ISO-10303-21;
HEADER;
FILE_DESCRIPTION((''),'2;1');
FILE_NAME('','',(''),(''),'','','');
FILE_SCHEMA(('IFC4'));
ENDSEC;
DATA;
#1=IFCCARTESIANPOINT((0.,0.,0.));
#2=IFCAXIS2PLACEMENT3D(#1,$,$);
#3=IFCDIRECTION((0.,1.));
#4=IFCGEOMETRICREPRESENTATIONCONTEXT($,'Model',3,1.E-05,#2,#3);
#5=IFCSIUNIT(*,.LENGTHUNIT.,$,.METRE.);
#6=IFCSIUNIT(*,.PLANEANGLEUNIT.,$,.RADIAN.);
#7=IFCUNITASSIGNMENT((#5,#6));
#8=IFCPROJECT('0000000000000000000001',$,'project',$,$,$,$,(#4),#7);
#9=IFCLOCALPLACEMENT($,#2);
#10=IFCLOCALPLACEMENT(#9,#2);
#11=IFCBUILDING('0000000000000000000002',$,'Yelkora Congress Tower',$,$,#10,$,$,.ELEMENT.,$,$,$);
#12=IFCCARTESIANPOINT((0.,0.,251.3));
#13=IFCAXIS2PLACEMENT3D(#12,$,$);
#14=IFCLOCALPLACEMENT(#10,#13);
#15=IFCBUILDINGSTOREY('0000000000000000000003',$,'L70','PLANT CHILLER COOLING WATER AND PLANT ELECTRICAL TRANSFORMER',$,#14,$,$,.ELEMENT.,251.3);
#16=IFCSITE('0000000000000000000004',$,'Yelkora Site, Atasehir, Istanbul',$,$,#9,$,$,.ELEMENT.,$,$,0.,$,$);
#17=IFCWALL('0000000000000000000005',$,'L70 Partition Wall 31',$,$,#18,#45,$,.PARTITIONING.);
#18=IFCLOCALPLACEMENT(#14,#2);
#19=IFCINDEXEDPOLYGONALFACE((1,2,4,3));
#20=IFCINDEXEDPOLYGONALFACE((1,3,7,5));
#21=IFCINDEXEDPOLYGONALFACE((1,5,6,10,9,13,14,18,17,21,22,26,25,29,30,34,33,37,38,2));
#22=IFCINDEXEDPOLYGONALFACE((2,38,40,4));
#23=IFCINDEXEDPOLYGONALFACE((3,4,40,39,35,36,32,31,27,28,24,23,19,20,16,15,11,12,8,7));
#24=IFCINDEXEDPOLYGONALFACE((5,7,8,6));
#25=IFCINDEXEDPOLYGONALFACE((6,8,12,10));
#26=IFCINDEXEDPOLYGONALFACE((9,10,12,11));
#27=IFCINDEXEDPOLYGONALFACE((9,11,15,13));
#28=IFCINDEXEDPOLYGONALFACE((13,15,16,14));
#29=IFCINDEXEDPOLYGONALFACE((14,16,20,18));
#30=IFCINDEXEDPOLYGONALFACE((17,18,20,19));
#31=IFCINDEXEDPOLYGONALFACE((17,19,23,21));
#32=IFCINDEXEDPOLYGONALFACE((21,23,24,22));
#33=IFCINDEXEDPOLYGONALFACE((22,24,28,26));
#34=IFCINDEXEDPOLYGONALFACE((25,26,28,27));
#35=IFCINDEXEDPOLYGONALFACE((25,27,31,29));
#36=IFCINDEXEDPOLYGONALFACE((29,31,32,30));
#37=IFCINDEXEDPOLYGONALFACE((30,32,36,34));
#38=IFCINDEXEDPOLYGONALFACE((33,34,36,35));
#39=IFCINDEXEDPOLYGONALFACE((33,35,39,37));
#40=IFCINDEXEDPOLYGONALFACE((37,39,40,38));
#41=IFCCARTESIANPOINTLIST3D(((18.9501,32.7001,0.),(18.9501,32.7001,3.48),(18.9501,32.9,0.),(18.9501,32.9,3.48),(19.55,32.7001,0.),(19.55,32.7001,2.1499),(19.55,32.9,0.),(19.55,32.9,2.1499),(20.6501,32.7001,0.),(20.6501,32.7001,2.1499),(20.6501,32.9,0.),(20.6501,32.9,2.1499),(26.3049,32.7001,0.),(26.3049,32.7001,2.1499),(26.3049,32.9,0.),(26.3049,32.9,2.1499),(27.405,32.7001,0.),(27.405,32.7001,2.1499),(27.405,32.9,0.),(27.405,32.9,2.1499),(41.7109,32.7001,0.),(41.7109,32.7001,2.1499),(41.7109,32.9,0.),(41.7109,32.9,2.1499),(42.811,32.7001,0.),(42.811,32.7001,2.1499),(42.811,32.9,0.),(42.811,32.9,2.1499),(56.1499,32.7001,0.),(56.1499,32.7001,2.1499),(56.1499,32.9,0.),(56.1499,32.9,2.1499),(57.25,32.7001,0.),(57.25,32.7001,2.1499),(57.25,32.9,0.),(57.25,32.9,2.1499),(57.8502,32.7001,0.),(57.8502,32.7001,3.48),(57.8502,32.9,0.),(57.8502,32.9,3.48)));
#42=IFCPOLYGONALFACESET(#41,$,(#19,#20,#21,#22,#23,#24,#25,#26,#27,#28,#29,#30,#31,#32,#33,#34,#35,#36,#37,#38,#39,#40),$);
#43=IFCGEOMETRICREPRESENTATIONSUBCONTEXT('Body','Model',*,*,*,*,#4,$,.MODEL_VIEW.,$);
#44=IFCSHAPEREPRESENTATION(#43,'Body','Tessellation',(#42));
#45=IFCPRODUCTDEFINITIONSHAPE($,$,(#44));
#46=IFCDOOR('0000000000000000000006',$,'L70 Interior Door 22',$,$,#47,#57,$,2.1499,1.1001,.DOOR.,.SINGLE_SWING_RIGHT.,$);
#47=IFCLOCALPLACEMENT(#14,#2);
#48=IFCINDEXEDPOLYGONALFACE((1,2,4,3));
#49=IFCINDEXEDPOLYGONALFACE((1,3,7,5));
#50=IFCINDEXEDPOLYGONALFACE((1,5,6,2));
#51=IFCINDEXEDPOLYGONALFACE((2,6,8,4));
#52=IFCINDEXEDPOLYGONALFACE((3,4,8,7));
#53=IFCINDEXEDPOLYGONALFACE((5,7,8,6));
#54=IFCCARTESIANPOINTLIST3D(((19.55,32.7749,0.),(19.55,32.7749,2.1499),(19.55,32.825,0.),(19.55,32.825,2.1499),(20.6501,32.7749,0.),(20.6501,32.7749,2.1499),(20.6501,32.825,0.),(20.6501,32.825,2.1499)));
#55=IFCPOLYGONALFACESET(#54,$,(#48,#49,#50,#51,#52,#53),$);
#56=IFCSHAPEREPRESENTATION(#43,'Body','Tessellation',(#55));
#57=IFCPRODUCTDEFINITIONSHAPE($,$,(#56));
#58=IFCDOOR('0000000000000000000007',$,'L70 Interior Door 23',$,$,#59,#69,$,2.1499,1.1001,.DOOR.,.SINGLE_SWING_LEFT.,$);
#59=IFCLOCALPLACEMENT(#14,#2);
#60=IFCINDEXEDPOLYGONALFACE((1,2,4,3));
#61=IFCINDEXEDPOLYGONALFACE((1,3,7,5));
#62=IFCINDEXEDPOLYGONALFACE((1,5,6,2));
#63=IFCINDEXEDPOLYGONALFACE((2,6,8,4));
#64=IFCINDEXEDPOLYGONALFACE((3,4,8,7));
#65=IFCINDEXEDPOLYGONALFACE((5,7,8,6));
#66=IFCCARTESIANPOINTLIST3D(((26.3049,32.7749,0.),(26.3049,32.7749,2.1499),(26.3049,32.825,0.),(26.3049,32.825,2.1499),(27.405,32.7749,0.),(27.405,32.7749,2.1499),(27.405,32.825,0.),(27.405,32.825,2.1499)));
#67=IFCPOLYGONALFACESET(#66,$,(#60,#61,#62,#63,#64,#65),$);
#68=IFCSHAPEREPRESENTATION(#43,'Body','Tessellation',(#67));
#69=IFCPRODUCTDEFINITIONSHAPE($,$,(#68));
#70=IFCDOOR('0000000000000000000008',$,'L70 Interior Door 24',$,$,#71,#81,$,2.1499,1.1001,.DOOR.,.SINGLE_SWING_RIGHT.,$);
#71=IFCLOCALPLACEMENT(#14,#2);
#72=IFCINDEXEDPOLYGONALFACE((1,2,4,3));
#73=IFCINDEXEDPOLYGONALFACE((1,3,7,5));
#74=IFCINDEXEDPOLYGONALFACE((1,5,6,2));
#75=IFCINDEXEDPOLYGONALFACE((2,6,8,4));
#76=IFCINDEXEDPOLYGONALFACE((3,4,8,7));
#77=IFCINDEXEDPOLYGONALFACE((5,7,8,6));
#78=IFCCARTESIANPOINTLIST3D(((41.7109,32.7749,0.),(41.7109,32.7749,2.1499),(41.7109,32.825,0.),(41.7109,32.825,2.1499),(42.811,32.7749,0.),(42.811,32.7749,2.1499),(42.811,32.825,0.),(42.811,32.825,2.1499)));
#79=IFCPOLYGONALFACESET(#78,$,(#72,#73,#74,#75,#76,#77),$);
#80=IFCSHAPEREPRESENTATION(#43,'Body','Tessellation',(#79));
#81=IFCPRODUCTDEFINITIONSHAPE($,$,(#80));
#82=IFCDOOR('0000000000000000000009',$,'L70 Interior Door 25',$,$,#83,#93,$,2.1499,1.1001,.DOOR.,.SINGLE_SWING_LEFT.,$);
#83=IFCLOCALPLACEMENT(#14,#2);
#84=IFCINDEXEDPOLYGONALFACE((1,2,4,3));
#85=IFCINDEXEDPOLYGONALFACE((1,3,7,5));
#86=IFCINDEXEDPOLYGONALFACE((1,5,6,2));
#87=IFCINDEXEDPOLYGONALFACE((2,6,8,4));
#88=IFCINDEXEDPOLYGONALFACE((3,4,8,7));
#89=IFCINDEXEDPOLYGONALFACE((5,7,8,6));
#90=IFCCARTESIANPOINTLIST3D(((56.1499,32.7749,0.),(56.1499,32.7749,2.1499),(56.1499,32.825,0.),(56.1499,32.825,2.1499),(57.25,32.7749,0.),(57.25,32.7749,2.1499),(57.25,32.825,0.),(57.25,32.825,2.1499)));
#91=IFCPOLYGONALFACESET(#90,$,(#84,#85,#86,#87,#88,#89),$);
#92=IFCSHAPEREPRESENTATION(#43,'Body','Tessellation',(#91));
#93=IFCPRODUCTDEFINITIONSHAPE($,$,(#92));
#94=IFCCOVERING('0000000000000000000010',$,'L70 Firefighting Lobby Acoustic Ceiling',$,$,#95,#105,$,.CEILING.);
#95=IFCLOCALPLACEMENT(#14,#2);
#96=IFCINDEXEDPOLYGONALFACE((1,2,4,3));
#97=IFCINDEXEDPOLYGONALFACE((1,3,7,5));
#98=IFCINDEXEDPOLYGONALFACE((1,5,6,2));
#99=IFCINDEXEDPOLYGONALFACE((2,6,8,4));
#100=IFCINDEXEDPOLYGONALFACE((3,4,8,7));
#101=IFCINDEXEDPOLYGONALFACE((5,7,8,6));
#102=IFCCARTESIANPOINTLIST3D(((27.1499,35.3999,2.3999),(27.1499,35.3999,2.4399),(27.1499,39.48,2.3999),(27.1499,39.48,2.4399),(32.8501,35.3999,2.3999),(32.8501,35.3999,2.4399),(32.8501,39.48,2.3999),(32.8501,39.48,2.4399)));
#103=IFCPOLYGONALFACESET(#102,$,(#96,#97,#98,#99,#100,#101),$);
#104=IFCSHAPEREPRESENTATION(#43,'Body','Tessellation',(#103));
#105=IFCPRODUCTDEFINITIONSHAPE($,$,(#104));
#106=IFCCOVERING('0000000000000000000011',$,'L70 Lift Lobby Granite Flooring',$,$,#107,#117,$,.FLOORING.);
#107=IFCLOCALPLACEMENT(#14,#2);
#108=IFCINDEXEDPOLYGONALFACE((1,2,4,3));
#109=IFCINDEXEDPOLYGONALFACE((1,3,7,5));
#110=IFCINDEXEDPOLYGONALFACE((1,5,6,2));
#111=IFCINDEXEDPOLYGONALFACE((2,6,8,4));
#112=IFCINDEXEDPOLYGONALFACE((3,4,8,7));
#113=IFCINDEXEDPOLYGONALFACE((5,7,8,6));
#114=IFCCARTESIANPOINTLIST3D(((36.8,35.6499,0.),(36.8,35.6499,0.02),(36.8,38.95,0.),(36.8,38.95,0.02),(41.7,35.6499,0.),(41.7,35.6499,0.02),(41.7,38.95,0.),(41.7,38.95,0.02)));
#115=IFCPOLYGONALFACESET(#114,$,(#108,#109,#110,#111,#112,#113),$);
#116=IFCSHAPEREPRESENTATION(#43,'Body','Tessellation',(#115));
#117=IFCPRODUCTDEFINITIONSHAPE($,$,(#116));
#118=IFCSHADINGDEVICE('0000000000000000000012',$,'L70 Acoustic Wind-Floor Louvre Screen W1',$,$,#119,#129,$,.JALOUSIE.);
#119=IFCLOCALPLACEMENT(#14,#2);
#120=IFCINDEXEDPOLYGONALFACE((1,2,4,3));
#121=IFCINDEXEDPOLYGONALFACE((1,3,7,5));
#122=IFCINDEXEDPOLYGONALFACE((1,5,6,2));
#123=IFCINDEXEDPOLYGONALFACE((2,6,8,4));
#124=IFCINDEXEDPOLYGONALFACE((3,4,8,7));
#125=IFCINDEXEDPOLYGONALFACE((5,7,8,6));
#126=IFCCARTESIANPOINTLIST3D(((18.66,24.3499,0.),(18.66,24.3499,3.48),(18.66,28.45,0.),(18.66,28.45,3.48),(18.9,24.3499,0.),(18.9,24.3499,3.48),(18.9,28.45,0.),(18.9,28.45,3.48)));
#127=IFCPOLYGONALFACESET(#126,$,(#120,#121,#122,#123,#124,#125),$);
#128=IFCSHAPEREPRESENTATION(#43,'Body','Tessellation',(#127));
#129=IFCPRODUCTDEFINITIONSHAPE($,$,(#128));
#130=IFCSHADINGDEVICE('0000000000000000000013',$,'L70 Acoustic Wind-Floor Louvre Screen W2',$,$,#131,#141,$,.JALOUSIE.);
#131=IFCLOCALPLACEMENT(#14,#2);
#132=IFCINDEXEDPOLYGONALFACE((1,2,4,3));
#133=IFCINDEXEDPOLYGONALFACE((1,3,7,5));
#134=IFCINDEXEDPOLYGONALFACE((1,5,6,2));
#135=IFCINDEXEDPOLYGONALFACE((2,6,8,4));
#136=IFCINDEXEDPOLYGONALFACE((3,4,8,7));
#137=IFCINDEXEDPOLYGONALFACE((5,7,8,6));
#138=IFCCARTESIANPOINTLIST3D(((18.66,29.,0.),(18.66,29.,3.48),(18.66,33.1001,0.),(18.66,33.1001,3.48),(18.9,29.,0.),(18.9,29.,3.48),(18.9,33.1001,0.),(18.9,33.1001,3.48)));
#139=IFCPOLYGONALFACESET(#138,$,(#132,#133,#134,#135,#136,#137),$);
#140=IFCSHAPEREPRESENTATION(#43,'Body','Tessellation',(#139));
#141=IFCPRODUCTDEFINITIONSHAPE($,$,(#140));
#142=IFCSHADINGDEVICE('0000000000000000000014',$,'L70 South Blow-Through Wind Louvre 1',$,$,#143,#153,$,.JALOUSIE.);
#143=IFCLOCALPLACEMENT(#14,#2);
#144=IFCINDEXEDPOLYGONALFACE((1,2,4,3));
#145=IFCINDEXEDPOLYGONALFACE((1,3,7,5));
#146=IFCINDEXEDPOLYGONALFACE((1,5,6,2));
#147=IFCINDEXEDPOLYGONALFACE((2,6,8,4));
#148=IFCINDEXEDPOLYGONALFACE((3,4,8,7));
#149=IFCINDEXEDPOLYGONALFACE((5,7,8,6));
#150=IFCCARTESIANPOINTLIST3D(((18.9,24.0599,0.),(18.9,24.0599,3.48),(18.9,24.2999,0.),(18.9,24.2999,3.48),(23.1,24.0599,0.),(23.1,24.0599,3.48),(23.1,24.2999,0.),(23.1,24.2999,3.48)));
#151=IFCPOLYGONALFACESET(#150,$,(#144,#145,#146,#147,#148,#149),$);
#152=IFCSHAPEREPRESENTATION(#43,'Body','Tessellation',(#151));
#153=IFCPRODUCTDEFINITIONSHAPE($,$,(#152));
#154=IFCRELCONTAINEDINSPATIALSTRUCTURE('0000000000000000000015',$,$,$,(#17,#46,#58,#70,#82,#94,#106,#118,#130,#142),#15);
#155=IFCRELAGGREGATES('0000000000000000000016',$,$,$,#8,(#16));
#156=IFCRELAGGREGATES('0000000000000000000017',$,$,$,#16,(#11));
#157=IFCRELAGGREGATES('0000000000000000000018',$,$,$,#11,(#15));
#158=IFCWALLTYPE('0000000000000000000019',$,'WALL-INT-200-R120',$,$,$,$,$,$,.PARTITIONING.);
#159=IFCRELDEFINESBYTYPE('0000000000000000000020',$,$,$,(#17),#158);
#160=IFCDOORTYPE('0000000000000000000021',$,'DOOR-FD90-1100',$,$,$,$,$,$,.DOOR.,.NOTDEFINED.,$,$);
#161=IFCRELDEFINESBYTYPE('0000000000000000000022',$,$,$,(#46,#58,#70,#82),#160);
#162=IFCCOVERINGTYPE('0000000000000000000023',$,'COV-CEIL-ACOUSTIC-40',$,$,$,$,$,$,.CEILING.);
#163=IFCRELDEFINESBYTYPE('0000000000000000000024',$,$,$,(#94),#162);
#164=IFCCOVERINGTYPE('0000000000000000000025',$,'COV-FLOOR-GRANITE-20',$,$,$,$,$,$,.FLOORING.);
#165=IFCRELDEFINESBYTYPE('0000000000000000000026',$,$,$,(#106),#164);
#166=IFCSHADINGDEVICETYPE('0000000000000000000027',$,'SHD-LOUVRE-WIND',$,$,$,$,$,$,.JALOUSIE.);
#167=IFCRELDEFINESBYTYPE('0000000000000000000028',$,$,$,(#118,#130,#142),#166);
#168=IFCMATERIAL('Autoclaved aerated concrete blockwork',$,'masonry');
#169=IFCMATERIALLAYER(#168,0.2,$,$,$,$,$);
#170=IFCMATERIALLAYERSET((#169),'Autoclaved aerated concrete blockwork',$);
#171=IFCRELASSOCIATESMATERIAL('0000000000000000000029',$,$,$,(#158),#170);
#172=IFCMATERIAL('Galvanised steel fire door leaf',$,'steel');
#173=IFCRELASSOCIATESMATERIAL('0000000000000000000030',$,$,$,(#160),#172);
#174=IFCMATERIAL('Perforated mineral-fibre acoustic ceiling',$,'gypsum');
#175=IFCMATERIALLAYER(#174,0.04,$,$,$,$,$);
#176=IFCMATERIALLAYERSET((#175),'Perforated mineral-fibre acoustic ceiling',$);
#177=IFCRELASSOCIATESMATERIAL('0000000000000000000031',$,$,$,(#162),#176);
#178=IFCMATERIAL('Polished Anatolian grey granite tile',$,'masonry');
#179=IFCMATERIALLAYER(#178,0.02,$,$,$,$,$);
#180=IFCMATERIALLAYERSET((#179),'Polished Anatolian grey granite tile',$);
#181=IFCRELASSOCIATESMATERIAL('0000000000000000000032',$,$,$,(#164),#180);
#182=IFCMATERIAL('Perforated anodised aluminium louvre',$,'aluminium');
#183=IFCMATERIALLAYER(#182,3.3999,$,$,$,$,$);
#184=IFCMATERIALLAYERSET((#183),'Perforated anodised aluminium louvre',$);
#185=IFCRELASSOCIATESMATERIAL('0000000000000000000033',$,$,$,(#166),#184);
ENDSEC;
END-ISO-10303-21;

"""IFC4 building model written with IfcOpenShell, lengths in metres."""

from ifc_helpers import new_model, si_unit, direction, frame, frame_2d, origin, origin_2d, place, context, subcontext, project, spatial, polyline, rectangle, outline, extrude, material, layer, layer_set, type_object, element, fill, save


model = new_model("IFC4")

# Units and contexts
model_context = context("Model", 3, precision=1e-05, world=origin(), true_north=direction((0.0, 1.0)))
body_context = subcontext(model_context, "Body", "Model", "MODEL_VIEW")
ifc_project = project(units=[si_unit("LENGTHUNIT", "METRE"), si_unit("PLANEANGLEUNIT", "RADIAN")], contexts=[model_context])

# Site, building, storey
site_placement = place(None, origin())
site = spatial("IfcSite", under=ifc_project, at=site_placement, Name="Yelkora Site, Atasehir, Istanbul", CompositionType="ELEMENT", RefElevation=0.0)
building_placement = place(site_placement, origin())
building = spatial("IfcBuilding", under=site, at=building_placement, Name="Yelkora Congress Tower", CompositionType="ELEMENT")
storey_placement = place(building_placement, frame((0.0, 0.0, 251.3)))
storey = spatial("IfcBuildingStorey", under=building, at=storey_placement, Name="L70", Description="PLANT CHILLER COOLING WATER AND PLANT ELECTRICAL TRANSFORMER", CompositionType="ELEMENT", Elevation=251.3)

# Shared definitions
ifc_material_1 = material(Name="Autoclaved aerated concrete blockwork", Category="masonry")
ifc_layer_1 = layer(ifc_material_1, 0.2)
ifc_layer_set_1 = layer_set([ifc_layer_1], Name="Autoclaved aerated concrete blockwork")
wall_type_1 = type_object("IfcWallType", Name="WALL-INT-200-R120", PredefinedType="PARTITIONING", material=ifc_layer_set_1)

# Wall, openings, doors
wall_1_placement = place(storey_placement, frame((18.95, 32.8, 0.0), z_axis=(0.0, 0.0, 1.0), x_axis=(1.0, 0.0, 0.0)))
wall_1 = element("IfcWall", 1, at=wall_1_placement, inside=storey, type_object=wall_type_1, Name="L70 Partition Wall 31", PredefinedType="PARTITIONING", context=body_context, shape_type="SweptSolid", body=[
    extrude(rectangle(XDim=38.9001, YDim=0.2, at=frame_2d((19.4502, 0.0))), origin(), (0.0, 0.0, 1.0), 3.48),
])
opening_1_placement = place(wall_1_placement, frame((0.6001, 0.0, 0.0)))
opening_1 = element("IfcOpeningElement", 2, at=opening_1_placement, cuts=wall_1, PredefinedType="OPENING", context=body_context, shape_type="SweptSolid", body=[
    extrude(rectangle(XDim=1.1001, YDim=2.1499, at=frame_2d((0.55, 1.075))), frame((0.0, 0.1099, 0.0), z_axis=(0.0, -1.0, 0.0), x_axis=(1.0, 0.0, 0.0)), (0.0, 0.0, 1.0), 0.22),
])
opening_2_placement = place(wall_1_placement, frame((7.355, 0.0, 0.0)))
opening_2 = element("IfcOpeningElement", 3, at=opening_2_placement, cuts=wall_1, PredefinedType="OPENING", context=body_context, shape_type="SweptSolid", body=[
    extrude(rectangle(XDim=1.1001, YDim=2.1499, at=frame_2d((0.55, 1.075))), frame((0.0, 0.1099, 0.0), z_axis=(0.0, -1.0, 0.0), x_axis=(1.0, 0.0, 0.0)), (0.0, 0.0, 1.0), 0.22),
])
opening_3_placement = place(wall_1_placement, frame((22.761, 0.0, 0.0)))
opening_3 = element("IfcOpeningElement", 4, at=opening_3_placement, cuts=wall_1, PredefinedType="OPENING", context=body_context, shape_type="SweptSolid", body=[
    extrude(rectangle(XDim=1.1001, YDim=2.1499, at=frame_2d((0.55, 1.075))), frame((0.0, 0.1099, 0.0), z_axis=(0.0, -1.0, 0.0), x_axis=(1.0, 0.0, 0.0)), (0.0, 0.0, 1.0), 0.22),
])
opening_4_placement = place(wall_1_placement, frame((37.2, 0.0, 0.0)))
opening_4 = element("IfcOpeningElement", 5, at=opening_4_placement, cuts=wall_1, PredefinedType="OPENING", context=body_context, shape_type="SweptSolid", body=[
    extrude(rectangle(XDim=1.1001, YDim=2.1499, at=frame_2d((0.55, 1.075))), frame((0.0, 0.1099, 0.0), z_axis=(0.0, -1.0, 0.0), x_axis=(1.0, 0.0, 0.0)), (0.0, 0.0, 1.0), 0.22),
])
ifc_material_2 = material(Name="Galvanised steel fire door leaf", Category="steel")
door_type = type_object("IfcDoorType", Name="DOOR-FD90-1100", OperationType="NOTDEFINED", PredefinedType="DOOR", material=ifc_material_2)
door_1_placement = place(opening_1_placement, origin())
door_1 = element("IfcDoor", 6, at=door_1_placement, inside=storey, type_object=door_type, Name="L70 Interior Door 22", OperationType="SINGLE_SWING_RIGHT", OverallHeight=2.1499, OverallWidth=1.1001, PredefinedType="DOOR", context=body_context, shape_type="SweptSolid", body=[
    extrude(rectangle(XDim=1.1001, YDim=2.1499, at=frame_2d((0.55, 1.075))), frame((0.0, 0.0249, 0.0), z_axis=(0.0, -1.0, 0.0), x_axis=(1.0, 0.0, 0.0)), (0.0, 0.0, 1.0), 0.05),
])
fill(opening_1, door_1)
door_2_placement = place(opening_2_placement, origin())
door_2 = element("IfcDoor", 7, at=door_2_placement, inside=storey, type_object=door_type, Name="L70 Interior Door 23", OperationType="SINGLE_SWING_LEFT", OverallHeight=2.1499, OverallWidth=1.1001, PredefinedType="DOOR", context=body_context, shape_type="SweptSolid", body=[
    extrude(rectangle(XDim=1.1001, YDim=2.1499, at=frame_2d((0.55, 1.075))), frame((0.0, 0.0249, 0.0), z_axis=(0.0, -1.0, 0.0), x_axis=(1.0, 0.0, 0.0)), (0.0, 0.0, 1.0), 0.05),
])
fill(opening_2, door_2)
door_3_placement = place(opening_3_placement, origin())
door_3 = element("IfcDoor", 8, at=door_3_placement, inside=storey, type_object=door_type, Name="L70 Interior Door 24", OperationType="SINGLE_SWING_RIGHT", OverallHeight=2.1499, OverallWidth=1.1001, PredefinedType="DOOR", context=body_context, shape_type="SweptSolid", body=[
    extrude(rectangle(XDim=1.1001, YDim=2.1499, at=frame_2d((0.55, 1.075))), frame((0.0, 0.0249, 0.0), z_axis=(0.0, -1.0, 0.0), x_axis=(1.0, 0.0, 0.0)), (0.0, 0.0, 1.0), 0.05),
])
fill(opening_3, door_3)
door_4_placement = place(opening_4_placement, origin())
door_4 = element("IfcDoor", 9, at=door_4_placement, inside=storey, type_object=door_type, Name="L70 Interior Door 25", OperationType="SINGLE_SWING_LEFT", OverallHeight=2.1499, OverallWidth=1.1001, PredefinedType="DOOR", context=body_context, shape_type="SweptSolid", body=[
    extrude(rectangle(XDim=1.1001, YDim=2.1499, at=frame_2d((0.55, 1.075))), frame((0.0, 0.0249, 0.0), z_axis=(0.0, -1.0, 0.0), x_axis=(1.0, 0.0, 0.0)), (0.0, 0.0, 1.0), 0.05),
])
fill(opening_4, door_4)

# Coverings
ifc_material_3 = material(Name="Perforated mineral-fibre acoustic ceiling", Category="gypsum")
ifc_layer_2 = layer(ifc_material_3, 0.04)
ifc_layer_set_2 = layer_set([ifc_layer_2], Name="Perforated mineral-fibre acoustic ceiling")
covering_type_1 = type_object("IfcCoveringType", Name="COV-CEIL-ACOUSTIC-40", PredefinedType="CEILING", material=ifc_layer_set_2)
covering_1_placement = place(storey_placement, frame((0.0, 0.0, 2.3999)))
element("IfcCovering", 10, at=covering_1_placement, inside=storey, type_object=covering_type_1, Name="L70 Firefighting Lobby Acoustic Ceiling", PredefinedType="CEILING", context=body_context, shape_type="SweptSolid", body=[
    extrude(outline(polyline([(27.1499, 35.3999), (32.8501, 35.3999), (32.8501, 39.48), (27.1499, 39.48), (27.1499, 35.3999)])), origin(), (0.0, 0.0, 1.0), 0.04),
])
ifc_material_4 = material(Name="Polished Anatolian grey granite tile", Category="masonry")
ifc_layer_3 = layer(ifc_material_4, 0.02)
ifc_layer_set_3 = layer_set([ifc_layer_3], Name="Polished Anatolian grey granite tile")
covering_type_2 = type_object("IfcCoveringType", Name="COV-FLOOR-GRANITE-20", PredefinedType="FLOORING", material=ifc_layer_set_3)
covering_2_placement = place(storey_placement, origin())
element("IfcCovering", 11, at=covering_2_placement, inside=storey, type_object=covering_type_2, Name="L70 Lift Lobby Granite Flooring", PredefinedType="FLOORING", context=body_context, shape_type="SweptSolid", body=[
    extrude(outline(polyline([(36.8, 35.6499), (41.7, 35.6499), (41.7, 38.95), (36.8, 38.95), (36.8, 35.6499)])), origin(), (0.0, 0.0, 1.0), 0.02),
])

# Shading devices
ifc_material_5 = material(Name="Perforated anodised aluminium louvre", Category="aluminium")
ifc_layer_4 = layer(ifc_material_5, 3.3999)
ifc_layer_set_4 = layer_set([ifc_layer_4], Name="Perforated anodised aluminium louvre")
shading_device_type = type_object("IfcShadingDeviceType", Name="SHD-LOUVRE-WIND", PredefinedType="JALOUSIE", material=ifc_layer_set_4)
for number, where, z_axis, x_axis, name in (
    (12, (18.78, 26.3999, 0.0), (0.0, 0.0, 1.0), (1.0, 0.0, 0.0), "L70 Acoustic Wind-Floor Louvre Screen W1"),
    (13, (18.78, 31.05, 0.0), (0.0, 0.0, 1.0), (1.0, 0.0, 0.0), "L70 Acoustic Wind-Floor Louvre Screen W2"),
):
    element("IfcShadingDevice", number, at=place(storey_placement, frame(where, z_axis=z_axis, x_axis=x_axis)), inside=storey, type_object=shading_device_type, Name=name, PredefinedType="JALOUSIE", context=body_context, shape_type="SweptSolid", body=[
        extrude(rectangle(XDim=0.24, YDim=4.1001, at=origin_2d()), origin(), (0.0, 0.0, 1.0), 3.48),
    ])
shading_device_placement = place(storey_placement, frame((21.0, 24.1799, 0.0), z_axis=(0.0, 0.0, 1.0), x_axis=(1.0, 0.0, 0.0)))
element("IfcShadingDevice", 14, at=shading_device_placement, inside=storey, type_object=shading_device_type, Name="L70 South Blow-Through Wind Louvre 1", PredefinedType="JALOUSIE", context=body_context, shape_type="SweptSolid", body=[
    extrude(rectangle(XDim=4.2, YDim=0.24, at=origin_2d()), origin(), (0.0, 0.0, 1.0), 3.48),
])

save(model, "model.ifc")
